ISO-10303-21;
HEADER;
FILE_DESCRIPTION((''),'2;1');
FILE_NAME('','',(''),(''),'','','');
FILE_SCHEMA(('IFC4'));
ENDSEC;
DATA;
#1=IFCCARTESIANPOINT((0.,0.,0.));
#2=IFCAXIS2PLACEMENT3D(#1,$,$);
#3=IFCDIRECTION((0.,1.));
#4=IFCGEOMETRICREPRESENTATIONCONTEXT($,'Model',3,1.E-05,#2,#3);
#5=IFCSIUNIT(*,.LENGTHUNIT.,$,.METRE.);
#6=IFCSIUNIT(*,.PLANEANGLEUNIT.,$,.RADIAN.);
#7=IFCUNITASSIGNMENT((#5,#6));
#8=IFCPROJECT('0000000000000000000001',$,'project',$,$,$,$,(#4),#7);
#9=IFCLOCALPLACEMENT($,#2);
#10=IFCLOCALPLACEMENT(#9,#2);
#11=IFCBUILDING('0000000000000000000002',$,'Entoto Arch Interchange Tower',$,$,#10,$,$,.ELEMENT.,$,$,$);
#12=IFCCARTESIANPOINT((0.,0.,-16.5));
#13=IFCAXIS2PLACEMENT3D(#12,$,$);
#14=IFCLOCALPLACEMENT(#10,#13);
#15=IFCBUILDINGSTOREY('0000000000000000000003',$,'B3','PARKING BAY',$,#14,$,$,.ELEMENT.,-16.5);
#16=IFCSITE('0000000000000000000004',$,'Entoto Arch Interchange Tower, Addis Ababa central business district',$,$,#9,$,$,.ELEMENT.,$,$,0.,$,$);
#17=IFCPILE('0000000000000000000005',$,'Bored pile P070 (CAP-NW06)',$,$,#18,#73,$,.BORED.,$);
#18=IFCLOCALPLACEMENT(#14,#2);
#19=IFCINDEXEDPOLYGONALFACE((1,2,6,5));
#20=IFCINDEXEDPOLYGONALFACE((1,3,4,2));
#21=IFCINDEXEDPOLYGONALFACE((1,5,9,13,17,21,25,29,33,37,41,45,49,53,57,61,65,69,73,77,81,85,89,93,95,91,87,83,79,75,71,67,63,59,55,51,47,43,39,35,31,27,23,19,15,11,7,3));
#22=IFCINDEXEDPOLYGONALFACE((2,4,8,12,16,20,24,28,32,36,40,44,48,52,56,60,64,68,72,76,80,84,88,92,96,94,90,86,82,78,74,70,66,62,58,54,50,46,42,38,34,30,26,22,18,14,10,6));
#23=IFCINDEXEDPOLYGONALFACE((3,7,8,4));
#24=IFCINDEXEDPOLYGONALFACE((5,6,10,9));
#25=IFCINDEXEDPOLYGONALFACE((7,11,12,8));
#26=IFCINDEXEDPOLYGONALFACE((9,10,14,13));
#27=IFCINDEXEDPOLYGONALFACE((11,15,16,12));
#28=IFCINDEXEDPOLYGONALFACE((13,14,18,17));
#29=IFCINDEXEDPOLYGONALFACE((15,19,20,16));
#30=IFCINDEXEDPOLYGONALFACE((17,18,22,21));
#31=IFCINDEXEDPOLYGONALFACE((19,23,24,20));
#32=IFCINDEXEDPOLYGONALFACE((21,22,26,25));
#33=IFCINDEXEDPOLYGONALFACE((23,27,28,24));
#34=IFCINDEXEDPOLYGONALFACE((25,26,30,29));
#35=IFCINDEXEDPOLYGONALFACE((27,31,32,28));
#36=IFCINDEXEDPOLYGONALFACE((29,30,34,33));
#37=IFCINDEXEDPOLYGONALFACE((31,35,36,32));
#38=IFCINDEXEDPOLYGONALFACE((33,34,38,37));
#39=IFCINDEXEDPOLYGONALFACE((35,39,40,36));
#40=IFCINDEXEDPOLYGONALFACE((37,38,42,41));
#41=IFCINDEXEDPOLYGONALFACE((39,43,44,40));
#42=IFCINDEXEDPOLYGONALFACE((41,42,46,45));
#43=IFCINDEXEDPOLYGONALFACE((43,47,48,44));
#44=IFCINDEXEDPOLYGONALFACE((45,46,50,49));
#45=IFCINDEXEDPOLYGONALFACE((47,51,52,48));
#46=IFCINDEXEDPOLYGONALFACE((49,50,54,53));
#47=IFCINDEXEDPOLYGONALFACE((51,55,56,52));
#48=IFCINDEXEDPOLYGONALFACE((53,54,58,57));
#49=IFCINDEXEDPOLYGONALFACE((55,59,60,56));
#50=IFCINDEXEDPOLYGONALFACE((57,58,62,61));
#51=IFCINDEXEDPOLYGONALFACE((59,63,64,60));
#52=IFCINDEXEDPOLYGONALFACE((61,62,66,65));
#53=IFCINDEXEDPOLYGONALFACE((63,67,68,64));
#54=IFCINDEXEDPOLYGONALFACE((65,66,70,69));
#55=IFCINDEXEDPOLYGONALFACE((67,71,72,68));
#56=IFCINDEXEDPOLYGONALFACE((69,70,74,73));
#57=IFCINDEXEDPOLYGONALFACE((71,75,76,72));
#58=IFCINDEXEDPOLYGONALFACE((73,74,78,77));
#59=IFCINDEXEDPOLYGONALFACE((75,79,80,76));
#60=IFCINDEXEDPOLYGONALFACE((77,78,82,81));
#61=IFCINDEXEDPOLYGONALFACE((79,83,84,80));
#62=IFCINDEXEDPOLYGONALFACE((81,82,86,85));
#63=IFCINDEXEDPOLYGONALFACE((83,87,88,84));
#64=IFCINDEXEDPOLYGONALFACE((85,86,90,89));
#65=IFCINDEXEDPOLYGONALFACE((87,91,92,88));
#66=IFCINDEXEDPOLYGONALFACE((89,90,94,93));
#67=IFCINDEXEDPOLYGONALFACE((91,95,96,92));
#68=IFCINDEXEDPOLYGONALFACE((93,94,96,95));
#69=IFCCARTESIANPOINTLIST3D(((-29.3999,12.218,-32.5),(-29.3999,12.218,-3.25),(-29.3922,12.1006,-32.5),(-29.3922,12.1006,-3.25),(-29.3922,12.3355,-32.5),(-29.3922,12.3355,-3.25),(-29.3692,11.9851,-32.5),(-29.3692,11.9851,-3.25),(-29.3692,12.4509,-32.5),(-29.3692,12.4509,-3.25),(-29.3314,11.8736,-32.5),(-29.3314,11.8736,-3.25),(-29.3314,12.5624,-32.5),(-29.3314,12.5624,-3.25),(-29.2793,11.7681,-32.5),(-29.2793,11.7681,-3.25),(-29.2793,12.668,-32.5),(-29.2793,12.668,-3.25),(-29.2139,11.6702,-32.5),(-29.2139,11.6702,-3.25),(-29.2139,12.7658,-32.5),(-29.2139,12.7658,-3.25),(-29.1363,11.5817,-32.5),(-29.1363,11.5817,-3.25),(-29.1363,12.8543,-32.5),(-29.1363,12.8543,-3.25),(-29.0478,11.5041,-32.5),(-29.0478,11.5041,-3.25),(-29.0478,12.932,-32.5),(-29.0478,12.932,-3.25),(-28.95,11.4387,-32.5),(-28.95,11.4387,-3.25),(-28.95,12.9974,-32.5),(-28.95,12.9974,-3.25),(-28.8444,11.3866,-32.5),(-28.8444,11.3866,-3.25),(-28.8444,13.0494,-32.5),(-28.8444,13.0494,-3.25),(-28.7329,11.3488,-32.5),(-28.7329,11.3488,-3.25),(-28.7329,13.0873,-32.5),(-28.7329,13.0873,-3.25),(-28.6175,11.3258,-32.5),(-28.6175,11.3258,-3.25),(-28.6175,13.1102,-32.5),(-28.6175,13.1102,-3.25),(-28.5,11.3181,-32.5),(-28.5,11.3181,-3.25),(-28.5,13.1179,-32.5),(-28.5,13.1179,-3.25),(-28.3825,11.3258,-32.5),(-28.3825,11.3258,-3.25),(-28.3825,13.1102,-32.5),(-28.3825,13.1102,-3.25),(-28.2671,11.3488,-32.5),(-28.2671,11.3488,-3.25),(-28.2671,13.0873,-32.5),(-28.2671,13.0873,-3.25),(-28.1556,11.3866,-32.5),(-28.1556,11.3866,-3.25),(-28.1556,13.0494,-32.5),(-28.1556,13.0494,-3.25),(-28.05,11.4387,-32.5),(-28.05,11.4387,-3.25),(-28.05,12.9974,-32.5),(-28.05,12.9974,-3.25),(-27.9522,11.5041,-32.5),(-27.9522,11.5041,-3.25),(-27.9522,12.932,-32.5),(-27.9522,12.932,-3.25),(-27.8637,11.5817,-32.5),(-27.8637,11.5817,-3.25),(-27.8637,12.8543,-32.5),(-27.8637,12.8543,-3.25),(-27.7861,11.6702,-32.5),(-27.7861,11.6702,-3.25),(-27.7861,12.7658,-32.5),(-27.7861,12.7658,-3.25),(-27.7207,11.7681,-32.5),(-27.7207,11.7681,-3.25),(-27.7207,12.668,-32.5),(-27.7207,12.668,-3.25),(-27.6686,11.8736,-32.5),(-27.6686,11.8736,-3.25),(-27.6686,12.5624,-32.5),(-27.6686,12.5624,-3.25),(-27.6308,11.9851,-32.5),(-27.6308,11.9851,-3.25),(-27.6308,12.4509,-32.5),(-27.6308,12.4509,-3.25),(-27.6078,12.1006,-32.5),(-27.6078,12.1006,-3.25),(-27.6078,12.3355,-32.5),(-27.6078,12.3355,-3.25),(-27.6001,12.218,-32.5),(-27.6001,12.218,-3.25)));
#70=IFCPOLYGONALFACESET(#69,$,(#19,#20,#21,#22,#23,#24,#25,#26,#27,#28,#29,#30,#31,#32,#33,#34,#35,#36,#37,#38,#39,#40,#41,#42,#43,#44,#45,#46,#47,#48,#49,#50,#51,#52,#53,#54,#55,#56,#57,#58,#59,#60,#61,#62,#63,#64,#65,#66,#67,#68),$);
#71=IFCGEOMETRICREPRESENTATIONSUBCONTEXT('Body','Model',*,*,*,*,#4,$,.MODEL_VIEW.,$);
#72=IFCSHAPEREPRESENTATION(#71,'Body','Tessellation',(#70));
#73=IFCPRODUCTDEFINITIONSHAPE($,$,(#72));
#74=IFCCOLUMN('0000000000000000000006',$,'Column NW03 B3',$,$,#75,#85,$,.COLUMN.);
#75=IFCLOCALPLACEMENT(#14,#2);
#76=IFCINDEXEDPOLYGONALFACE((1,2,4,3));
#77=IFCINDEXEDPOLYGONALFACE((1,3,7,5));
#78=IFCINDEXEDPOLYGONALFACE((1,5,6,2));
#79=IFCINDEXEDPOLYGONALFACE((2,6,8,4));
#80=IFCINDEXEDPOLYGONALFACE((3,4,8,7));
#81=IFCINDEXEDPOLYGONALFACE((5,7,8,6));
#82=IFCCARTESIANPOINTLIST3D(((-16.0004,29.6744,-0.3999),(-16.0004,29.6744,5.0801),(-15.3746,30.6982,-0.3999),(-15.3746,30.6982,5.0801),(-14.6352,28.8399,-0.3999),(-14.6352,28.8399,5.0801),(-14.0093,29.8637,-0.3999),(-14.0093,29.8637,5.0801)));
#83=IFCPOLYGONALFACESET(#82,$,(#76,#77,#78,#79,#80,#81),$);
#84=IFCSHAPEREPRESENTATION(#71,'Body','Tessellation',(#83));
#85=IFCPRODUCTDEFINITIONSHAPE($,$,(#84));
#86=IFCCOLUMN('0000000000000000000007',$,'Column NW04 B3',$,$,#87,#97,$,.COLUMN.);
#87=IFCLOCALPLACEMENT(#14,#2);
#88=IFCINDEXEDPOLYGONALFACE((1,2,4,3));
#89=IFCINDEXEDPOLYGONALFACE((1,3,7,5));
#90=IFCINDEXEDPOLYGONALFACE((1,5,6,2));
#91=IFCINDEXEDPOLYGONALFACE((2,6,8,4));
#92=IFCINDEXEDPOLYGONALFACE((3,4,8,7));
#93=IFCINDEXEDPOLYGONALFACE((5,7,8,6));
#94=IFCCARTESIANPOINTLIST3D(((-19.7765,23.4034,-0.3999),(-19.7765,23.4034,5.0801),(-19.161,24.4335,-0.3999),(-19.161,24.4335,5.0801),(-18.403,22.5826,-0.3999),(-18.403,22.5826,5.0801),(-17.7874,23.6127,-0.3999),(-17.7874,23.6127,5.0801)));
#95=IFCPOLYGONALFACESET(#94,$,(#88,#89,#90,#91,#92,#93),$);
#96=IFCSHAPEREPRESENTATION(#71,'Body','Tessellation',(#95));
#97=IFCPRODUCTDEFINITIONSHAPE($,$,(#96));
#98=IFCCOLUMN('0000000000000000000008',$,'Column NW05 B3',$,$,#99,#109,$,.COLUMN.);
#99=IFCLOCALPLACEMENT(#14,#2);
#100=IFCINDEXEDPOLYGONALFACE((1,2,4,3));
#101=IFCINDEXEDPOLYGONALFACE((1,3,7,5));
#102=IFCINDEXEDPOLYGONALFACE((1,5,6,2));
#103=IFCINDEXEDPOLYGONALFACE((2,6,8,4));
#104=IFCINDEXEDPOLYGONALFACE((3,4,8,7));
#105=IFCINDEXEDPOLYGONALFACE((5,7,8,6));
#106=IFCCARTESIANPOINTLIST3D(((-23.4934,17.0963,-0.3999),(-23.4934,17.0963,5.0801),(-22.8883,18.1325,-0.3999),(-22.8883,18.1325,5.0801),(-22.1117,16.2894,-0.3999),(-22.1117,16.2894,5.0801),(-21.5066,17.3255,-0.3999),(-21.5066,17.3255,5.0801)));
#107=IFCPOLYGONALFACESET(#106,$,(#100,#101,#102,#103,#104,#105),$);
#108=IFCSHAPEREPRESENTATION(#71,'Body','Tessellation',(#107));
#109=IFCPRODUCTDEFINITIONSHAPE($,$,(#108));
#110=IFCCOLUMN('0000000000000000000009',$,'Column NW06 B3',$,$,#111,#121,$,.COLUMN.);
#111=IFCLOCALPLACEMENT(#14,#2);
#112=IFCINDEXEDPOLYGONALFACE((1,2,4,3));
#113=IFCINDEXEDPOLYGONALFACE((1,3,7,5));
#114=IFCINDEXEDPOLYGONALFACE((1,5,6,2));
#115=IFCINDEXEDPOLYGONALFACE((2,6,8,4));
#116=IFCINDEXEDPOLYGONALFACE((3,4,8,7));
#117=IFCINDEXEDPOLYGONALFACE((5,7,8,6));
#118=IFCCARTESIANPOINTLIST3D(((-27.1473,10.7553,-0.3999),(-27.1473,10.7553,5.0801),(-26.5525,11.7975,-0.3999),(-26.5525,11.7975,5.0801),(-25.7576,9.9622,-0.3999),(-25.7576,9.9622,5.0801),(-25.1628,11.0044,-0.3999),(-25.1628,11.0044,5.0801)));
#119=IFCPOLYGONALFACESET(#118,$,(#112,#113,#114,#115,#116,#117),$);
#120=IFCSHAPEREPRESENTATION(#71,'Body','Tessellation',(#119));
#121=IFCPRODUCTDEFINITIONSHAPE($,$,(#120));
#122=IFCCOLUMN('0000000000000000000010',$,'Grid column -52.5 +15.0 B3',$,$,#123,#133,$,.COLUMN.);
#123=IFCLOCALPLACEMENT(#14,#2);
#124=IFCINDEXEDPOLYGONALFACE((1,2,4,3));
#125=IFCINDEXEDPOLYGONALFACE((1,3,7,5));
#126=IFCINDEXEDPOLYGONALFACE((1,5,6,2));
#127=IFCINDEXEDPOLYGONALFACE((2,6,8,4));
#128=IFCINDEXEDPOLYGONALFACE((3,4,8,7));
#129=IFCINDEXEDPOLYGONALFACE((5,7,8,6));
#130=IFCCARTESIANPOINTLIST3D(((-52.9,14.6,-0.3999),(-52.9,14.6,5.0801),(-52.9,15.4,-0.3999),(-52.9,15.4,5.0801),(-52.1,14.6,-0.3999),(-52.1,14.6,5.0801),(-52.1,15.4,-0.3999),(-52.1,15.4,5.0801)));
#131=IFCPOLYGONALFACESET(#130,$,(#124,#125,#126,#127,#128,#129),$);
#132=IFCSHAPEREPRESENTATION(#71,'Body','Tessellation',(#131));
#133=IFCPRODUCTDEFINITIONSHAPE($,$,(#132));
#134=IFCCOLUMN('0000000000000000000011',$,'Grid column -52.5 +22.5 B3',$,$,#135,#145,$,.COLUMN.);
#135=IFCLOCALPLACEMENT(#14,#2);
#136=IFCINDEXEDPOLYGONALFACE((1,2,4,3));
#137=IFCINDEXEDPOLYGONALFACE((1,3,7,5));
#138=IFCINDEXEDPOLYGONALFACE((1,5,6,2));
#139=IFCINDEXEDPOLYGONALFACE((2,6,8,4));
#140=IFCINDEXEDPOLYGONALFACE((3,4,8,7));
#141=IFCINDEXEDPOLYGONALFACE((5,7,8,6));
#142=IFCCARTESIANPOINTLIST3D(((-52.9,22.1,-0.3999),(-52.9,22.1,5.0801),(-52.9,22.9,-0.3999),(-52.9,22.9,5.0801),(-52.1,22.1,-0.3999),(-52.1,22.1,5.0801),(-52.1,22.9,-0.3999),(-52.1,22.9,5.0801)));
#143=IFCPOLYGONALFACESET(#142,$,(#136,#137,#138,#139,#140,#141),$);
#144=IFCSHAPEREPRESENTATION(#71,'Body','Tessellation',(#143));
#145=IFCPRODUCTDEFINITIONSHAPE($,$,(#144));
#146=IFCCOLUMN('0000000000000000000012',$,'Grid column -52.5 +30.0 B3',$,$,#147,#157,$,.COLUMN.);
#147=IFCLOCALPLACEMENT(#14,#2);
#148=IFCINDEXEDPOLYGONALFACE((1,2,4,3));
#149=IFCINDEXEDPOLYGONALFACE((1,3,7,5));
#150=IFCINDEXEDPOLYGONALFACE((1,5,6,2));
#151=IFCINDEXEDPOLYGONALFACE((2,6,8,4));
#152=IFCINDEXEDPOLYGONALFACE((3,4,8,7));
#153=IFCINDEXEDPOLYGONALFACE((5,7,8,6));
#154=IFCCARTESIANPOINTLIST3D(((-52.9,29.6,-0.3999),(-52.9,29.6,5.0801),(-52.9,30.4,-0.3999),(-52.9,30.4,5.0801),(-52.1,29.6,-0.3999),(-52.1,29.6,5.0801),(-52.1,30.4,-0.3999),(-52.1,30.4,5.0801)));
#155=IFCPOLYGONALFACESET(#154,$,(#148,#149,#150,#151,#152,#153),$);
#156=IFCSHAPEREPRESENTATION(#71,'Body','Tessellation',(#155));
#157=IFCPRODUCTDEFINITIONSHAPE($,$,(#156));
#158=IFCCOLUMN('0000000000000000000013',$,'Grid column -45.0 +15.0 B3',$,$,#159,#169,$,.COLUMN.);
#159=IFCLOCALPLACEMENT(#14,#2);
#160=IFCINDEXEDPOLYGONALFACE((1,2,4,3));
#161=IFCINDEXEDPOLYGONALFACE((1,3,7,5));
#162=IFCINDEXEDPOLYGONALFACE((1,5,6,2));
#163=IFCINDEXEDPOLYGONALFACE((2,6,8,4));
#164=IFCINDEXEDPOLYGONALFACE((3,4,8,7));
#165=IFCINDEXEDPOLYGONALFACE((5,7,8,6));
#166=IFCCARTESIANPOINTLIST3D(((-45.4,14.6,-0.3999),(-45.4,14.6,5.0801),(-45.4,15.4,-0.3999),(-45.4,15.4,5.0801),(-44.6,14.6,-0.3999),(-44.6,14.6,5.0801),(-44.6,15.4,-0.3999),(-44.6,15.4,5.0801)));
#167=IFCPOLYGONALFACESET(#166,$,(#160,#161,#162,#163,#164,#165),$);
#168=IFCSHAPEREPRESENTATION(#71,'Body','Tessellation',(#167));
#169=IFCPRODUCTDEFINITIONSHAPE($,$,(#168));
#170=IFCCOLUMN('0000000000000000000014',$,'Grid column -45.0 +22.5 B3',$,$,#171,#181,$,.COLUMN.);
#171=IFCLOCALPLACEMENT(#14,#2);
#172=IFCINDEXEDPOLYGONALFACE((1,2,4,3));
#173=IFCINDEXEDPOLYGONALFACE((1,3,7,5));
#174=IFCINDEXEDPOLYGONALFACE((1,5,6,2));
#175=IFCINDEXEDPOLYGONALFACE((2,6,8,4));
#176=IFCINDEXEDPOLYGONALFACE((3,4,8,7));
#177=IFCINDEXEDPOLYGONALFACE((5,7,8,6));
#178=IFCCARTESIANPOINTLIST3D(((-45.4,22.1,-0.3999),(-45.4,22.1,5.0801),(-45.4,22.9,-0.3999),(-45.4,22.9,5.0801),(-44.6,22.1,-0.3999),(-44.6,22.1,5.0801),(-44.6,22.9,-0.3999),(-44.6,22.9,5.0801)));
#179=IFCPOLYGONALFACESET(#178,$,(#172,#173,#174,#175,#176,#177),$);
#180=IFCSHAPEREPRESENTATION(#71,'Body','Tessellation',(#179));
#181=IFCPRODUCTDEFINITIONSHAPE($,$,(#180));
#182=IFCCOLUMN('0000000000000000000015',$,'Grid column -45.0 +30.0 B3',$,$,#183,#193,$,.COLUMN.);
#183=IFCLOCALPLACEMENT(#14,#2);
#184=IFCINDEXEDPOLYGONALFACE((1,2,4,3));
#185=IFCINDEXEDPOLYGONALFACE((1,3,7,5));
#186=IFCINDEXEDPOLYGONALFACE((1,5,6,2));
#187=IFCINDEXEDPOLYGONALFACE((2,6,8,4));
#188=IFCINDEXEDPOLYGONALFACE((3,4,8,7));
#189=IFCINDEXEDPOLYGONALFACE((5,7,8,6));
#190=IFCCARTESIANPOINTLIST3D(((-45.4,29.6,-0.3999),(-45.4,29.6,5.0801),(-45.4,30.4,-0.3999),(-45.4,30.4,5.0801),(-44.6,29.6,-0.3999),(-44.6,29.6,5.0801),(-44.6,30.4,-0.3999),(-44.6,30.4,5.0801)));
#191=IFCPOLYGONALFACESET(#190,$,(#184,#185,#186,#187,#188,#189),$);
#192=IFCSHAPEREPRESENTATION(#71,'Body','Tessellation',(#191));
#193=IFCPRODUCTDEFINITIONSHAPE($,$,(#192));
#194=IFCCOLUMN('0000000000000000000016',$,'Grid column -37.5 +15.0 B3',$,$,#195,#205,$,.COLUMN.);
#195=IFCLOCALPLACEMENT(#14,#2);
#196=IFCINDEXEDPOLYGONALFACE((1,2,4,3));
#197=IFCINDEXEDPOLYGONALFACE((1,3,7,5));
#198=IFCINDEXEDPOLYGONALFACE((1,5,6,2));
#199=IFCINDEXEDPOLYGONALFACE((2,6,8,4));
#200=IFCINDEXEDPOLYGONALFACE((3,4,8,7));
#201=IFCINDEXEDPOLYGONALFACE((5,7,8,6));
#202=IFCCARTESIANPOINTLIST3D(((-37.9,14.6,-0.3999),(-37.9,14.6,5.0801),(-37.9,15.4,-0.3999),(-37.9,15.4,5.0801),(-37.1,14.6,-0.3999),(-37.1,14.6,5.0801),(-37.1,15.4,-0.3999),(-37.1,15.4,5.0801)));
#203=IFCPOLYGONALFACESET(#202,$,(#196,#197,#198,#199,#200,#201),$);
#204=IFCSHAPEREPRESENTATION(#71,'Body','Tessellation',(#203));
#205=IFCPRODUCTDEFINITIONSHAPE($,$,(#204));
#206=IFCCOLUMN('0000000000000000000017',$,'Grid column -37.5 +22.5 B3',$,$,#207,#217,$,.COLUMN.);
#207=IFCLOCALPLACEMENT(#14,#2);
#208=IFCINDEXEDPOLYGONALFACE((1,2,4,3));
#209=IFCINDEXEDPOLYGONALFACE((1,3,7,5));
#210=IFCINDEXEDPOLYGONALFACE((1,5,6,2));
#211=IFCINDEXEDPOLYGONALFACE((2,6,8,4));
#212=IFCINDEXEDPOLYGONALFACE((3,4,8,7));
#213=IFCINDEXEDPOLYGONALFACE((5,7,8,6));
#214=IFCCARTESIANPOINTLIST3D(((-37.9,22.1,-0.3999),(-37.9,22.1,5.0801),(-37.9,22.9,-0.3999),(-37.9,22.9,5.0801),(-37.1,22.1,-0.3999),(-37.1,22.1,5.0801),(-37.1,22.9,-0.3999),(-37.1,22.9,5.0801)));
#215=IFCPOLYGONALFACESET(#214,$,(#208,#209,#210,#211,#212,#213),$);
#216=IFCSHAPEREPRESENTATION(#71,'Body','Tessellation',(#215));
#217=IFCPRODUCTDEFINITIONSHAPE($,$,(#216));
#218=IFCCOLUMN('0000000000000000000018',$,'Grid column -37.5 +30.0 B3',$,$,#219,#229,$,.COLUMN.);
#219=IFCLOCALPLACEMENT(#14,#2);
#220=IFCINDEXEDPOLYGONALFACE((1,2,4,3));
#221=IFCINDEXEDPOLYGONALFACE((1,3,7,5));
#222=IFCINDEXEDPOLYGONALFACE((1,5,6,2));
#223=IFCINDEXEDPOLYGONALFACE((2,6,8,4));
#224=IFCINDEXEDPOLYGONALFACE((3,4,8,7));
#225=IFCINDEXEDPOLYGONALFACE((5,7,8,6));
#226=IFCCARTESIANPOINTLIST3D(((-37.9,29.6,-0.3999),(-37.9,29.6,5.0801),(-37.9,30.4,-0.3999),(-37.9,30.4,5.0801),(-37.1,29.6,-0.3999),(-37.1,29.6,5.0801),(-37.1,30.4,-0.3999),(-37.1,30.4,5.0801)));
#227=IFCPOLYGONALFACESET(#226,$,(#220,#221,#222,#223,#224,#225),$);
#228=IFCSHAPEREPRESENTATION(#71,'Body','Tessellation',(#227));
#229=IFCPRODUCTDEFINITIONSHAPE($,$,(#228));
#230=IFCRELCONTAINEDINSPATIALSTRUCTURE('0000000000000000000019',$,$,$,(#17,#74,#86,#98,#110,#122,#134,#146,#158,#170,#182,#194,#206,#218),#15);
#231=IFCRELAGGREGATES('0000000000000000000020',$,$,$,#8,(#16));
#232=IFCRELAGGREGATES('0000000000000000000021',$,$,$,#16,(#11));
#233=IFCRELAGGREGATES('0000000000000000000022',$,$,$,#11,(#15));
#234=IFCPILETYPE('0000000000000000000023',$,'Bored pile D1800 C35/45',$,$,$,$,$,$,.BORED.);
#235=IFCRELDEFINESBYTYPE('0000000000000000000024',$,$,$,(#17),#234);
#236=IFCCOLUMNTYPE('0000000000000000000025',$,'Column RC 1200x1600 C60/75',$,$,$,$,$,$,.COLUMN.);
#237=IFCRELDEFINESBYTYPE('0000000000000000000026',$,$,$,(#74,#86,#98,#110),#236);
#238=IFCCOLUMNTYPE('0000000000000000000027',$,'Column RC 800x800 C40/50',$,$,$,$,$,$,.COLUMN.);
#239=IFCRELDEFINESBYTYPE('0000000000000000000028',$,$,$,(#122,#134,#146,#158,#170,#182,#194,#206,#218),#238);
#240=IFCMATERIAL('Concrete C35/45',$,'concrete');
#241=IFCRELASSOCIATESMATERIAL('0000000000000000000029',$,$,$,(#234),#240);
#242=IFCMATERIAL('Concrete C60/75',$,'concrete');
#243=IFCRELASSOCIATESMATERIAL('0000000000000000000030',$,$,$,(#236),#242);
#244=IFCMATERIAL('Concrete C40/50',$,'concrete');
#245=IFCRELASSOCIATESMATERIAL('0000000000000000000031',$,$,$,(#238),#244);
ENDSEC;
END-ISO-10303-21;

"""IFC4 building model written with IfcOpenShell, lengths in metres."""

from ifc_helpers import new_model, si_unit, direction, frame, origin, origin_2d, place, context, subcontext, project, spatial, rectangle, circle, extrude, material, material_profile, profile_set, type_object, element, save


model = new_model("IFC4")

# Units and contexts
model_context = context("Model", 3, precision=1e-05, world=origin(), true_north=direction((0.0, 1.0)))
body_context = subcontext(model_context, "Body", "Model", "MODEL_VIEW")
ifc_project = project(units=[si_unit("LENGTHUNIT", "METRE"), si_unit("PLANEANGLEUNIT", "RADIAN")], contexts=[model_context])

# Site, building, storey
site_placement = place(None, origin())
site = spatial("IfcSite", under=ifc_project, at=site_placement, Name="Entoto Arch Interchange Tower, Addis Ababa central business district", CompositionType="ELEMENT", RefElevation=0.0)
building_placement = place(site_placement, origin())
building = spatial("IfcBuilding", under=site, at=building_placement, Name="Entoto Arch Interchange Tower", CompositionType="ELEMENT")
storey_placement = place(building_placement, frame((0.0, 0.0, -16.5)))
storey = spatial("IfcBuildingStorey", under=building, at=storey_placement, Name="B3", Description="PARKING BAY", CompositionType="ELEMENT", Elevation=-16.5)

# Pile
ifc_material_1 = material(Name="Concrete C35/45", Category="concrete")
ifc_material_profile_1 = material_profile(ifc_material_1, circle(Radius=0.8999, at=origin_2d()))
ifc_profile_set_1 = profile_set([ifc_material_profile_1], Name="Concrete C35/45")
pile_type = type_object("IfcPileType", Name="Bored pile D1800 C35/45", PredefinedType="BORED", material=ifc_profile_set_1)
for number, where, z_axis, x_axis, name in (
    (1, (-28.5, 12.218, -3.25), (0.0, 0.0, -1.0), (1.0, 0.0, 0.0), "Bored pile P070 (CAP-NW06)"),
):
    element("IfcPile", number, at=place(storey_placement, frame(where, z_axis=z_axis, x_axis=x_axis)), inside=storey, type_object=pile_type, Name=name, PredefinedType="BORED", context=body_context, shape_type="SweptSolid", body=[
        extrude(circle(Radius=0.8999, at=origin_2d()), origin(), (0.0, 0.0, 1.0), 29.25),
    ])

# Columns
ifc_material_2 = material(Name="Concrete C60/75", Category="concrete")
ifc_material_profile_2 = material_profile(ifc_material_2, rectangle(XDim=1.2, YDim=1.6001, at=origin_2d()))
ifc_profile_set_2 = profile_set([ifc_material_profile_2], Name="Concrete C60/75")
column_type_1 = type_object("IfcColumnType", Name="Column RC 1200x1600 C60/75", PredefinedType="COLUMN", material=ifc_profile_set_2)
for number, where, z_axis, x_axis, name in (
    (2, (-15.0049, 29.769, -0.3999), (0.0, 0.0, 1.0), (0.521546, 0.853223, 0.0), "Column NW03 B3"),
    (3, (-18.782, 23.5081, -0.3999), (0.0, 0.0, 1.0), (0.512972, 0.858405, 0.0), "Column NW04 B3"),
    (4, (-22.5, 17.2109, -0.3999), (0.0, 0.0, 1.0), (0.504332, 0.86351, 0.0), "Column NW05 B3"),
    (5, (-26.155, 10.8799, -0.3999), (0.0, 0.0, 1.0), (0.495656, 0.868519, 0.0), "Column NW06 B3"),
):
    element("IfcColumn", number, at=place(storey_placement, frame(where, z_axis=z_axis, x_axis=x_axis)), inside=storey, type_object=column_type_1, Name=name, PredefinedType="COLUMN", context=body_context, shape_type="SweptSolid", body=[
        extrude(rectangle(XDim=1.2, YDim=1.6001, at=origin_2d()), origin(), (0.0, 0.0, 1.0), 5.48),
    ])
ifc_material_3 = material(Name="Concrete C40/50", Category="concrete")
ifc_material_profile_3 = material_profile(ifc_material_3, rectangle(XDim=0.8, YDim=0.8, at=origin_2d()))
ifc_profile_set_3 = profile_set([ifc_material_profile_3], Name="Concrete C40/50")
column_type_2 = type_object("IfcColumnType", Name="Column RC 800x800 C40/50", PredefinedType="COLUMN", material=ifc_profile_set_3)
for number, where, z_axis, x_axis, name in (
    (6, (-52.5, 15.0, -0.3999), (0.0, 0.0, 1.0), (1.0, 0.0, 0.0), "Grid column -52.5 +15.0 B3"),
    (7, (-52.5, 22.5, -0.3999), (0.0, 0.0, 1.0), (1.0, 0.0, 0.0), "Grid column -52.5 +22.5 B3"),
    (8, (-52.5, 30.0, -0.3999), (0.0, 0.0, 1.0), (1.0, 0.0, 0.0), "Grid column -52.5 +30.0 B3"),
    (9, (-45.0, 15.0, -0.3999), (0.0, 0.0, 1.0), (1.0, 0.0, 0.0), "Grid column -45.0 +15.0 B3"),
    (10, (-45.0, 22.5, -0.3999), (0.0, 0.0, 1.0), (1.0, 0.0, 0.0), "Grid column -45.0 +22.5 B3"),
    (11, (-45.0, 30.0, -0.3999), (0.0, 0.0, 1.0), (1.0, 0.0, 0.0), "Grid column -45.0 +30.0 B3"),
    (12, (-37.5, 15.0, -0.3999), (0.0, 0.0, 1.0), (1.0, 0.0, 0.0), "Grid column -37.5 +15.0 B3"),
    (13, (-37.5, 22.5, -0.3999), (0.0, 0.0, 1.0), (1.0, 0.0, 0.0), "Grid column -37.5 +22.5 B3"),
    (14, (-37.5, 30.0, -0.3999), (0.0, 0.0, 1.0), (1.0, 0.0, 0.0), "Grid column -37.5 +30.0 B3"),
):
    element("IfcColumn", number, at=place(storey_placement, frame(where, z_axis=z_axis, x_axis=x_axis)), inside=storey, type_object=column_type_2, Name=name, PredefinedType="COLUMN", context=body_context, shape_type="SweptSolid", body=[
        extrude(rectangle(XDim=0.8, YDim=0.8, at=origin_2d()), origin(), (0.0, 0.0, 1.0), 5.48),
    ])

save(model, "model.ifc")
